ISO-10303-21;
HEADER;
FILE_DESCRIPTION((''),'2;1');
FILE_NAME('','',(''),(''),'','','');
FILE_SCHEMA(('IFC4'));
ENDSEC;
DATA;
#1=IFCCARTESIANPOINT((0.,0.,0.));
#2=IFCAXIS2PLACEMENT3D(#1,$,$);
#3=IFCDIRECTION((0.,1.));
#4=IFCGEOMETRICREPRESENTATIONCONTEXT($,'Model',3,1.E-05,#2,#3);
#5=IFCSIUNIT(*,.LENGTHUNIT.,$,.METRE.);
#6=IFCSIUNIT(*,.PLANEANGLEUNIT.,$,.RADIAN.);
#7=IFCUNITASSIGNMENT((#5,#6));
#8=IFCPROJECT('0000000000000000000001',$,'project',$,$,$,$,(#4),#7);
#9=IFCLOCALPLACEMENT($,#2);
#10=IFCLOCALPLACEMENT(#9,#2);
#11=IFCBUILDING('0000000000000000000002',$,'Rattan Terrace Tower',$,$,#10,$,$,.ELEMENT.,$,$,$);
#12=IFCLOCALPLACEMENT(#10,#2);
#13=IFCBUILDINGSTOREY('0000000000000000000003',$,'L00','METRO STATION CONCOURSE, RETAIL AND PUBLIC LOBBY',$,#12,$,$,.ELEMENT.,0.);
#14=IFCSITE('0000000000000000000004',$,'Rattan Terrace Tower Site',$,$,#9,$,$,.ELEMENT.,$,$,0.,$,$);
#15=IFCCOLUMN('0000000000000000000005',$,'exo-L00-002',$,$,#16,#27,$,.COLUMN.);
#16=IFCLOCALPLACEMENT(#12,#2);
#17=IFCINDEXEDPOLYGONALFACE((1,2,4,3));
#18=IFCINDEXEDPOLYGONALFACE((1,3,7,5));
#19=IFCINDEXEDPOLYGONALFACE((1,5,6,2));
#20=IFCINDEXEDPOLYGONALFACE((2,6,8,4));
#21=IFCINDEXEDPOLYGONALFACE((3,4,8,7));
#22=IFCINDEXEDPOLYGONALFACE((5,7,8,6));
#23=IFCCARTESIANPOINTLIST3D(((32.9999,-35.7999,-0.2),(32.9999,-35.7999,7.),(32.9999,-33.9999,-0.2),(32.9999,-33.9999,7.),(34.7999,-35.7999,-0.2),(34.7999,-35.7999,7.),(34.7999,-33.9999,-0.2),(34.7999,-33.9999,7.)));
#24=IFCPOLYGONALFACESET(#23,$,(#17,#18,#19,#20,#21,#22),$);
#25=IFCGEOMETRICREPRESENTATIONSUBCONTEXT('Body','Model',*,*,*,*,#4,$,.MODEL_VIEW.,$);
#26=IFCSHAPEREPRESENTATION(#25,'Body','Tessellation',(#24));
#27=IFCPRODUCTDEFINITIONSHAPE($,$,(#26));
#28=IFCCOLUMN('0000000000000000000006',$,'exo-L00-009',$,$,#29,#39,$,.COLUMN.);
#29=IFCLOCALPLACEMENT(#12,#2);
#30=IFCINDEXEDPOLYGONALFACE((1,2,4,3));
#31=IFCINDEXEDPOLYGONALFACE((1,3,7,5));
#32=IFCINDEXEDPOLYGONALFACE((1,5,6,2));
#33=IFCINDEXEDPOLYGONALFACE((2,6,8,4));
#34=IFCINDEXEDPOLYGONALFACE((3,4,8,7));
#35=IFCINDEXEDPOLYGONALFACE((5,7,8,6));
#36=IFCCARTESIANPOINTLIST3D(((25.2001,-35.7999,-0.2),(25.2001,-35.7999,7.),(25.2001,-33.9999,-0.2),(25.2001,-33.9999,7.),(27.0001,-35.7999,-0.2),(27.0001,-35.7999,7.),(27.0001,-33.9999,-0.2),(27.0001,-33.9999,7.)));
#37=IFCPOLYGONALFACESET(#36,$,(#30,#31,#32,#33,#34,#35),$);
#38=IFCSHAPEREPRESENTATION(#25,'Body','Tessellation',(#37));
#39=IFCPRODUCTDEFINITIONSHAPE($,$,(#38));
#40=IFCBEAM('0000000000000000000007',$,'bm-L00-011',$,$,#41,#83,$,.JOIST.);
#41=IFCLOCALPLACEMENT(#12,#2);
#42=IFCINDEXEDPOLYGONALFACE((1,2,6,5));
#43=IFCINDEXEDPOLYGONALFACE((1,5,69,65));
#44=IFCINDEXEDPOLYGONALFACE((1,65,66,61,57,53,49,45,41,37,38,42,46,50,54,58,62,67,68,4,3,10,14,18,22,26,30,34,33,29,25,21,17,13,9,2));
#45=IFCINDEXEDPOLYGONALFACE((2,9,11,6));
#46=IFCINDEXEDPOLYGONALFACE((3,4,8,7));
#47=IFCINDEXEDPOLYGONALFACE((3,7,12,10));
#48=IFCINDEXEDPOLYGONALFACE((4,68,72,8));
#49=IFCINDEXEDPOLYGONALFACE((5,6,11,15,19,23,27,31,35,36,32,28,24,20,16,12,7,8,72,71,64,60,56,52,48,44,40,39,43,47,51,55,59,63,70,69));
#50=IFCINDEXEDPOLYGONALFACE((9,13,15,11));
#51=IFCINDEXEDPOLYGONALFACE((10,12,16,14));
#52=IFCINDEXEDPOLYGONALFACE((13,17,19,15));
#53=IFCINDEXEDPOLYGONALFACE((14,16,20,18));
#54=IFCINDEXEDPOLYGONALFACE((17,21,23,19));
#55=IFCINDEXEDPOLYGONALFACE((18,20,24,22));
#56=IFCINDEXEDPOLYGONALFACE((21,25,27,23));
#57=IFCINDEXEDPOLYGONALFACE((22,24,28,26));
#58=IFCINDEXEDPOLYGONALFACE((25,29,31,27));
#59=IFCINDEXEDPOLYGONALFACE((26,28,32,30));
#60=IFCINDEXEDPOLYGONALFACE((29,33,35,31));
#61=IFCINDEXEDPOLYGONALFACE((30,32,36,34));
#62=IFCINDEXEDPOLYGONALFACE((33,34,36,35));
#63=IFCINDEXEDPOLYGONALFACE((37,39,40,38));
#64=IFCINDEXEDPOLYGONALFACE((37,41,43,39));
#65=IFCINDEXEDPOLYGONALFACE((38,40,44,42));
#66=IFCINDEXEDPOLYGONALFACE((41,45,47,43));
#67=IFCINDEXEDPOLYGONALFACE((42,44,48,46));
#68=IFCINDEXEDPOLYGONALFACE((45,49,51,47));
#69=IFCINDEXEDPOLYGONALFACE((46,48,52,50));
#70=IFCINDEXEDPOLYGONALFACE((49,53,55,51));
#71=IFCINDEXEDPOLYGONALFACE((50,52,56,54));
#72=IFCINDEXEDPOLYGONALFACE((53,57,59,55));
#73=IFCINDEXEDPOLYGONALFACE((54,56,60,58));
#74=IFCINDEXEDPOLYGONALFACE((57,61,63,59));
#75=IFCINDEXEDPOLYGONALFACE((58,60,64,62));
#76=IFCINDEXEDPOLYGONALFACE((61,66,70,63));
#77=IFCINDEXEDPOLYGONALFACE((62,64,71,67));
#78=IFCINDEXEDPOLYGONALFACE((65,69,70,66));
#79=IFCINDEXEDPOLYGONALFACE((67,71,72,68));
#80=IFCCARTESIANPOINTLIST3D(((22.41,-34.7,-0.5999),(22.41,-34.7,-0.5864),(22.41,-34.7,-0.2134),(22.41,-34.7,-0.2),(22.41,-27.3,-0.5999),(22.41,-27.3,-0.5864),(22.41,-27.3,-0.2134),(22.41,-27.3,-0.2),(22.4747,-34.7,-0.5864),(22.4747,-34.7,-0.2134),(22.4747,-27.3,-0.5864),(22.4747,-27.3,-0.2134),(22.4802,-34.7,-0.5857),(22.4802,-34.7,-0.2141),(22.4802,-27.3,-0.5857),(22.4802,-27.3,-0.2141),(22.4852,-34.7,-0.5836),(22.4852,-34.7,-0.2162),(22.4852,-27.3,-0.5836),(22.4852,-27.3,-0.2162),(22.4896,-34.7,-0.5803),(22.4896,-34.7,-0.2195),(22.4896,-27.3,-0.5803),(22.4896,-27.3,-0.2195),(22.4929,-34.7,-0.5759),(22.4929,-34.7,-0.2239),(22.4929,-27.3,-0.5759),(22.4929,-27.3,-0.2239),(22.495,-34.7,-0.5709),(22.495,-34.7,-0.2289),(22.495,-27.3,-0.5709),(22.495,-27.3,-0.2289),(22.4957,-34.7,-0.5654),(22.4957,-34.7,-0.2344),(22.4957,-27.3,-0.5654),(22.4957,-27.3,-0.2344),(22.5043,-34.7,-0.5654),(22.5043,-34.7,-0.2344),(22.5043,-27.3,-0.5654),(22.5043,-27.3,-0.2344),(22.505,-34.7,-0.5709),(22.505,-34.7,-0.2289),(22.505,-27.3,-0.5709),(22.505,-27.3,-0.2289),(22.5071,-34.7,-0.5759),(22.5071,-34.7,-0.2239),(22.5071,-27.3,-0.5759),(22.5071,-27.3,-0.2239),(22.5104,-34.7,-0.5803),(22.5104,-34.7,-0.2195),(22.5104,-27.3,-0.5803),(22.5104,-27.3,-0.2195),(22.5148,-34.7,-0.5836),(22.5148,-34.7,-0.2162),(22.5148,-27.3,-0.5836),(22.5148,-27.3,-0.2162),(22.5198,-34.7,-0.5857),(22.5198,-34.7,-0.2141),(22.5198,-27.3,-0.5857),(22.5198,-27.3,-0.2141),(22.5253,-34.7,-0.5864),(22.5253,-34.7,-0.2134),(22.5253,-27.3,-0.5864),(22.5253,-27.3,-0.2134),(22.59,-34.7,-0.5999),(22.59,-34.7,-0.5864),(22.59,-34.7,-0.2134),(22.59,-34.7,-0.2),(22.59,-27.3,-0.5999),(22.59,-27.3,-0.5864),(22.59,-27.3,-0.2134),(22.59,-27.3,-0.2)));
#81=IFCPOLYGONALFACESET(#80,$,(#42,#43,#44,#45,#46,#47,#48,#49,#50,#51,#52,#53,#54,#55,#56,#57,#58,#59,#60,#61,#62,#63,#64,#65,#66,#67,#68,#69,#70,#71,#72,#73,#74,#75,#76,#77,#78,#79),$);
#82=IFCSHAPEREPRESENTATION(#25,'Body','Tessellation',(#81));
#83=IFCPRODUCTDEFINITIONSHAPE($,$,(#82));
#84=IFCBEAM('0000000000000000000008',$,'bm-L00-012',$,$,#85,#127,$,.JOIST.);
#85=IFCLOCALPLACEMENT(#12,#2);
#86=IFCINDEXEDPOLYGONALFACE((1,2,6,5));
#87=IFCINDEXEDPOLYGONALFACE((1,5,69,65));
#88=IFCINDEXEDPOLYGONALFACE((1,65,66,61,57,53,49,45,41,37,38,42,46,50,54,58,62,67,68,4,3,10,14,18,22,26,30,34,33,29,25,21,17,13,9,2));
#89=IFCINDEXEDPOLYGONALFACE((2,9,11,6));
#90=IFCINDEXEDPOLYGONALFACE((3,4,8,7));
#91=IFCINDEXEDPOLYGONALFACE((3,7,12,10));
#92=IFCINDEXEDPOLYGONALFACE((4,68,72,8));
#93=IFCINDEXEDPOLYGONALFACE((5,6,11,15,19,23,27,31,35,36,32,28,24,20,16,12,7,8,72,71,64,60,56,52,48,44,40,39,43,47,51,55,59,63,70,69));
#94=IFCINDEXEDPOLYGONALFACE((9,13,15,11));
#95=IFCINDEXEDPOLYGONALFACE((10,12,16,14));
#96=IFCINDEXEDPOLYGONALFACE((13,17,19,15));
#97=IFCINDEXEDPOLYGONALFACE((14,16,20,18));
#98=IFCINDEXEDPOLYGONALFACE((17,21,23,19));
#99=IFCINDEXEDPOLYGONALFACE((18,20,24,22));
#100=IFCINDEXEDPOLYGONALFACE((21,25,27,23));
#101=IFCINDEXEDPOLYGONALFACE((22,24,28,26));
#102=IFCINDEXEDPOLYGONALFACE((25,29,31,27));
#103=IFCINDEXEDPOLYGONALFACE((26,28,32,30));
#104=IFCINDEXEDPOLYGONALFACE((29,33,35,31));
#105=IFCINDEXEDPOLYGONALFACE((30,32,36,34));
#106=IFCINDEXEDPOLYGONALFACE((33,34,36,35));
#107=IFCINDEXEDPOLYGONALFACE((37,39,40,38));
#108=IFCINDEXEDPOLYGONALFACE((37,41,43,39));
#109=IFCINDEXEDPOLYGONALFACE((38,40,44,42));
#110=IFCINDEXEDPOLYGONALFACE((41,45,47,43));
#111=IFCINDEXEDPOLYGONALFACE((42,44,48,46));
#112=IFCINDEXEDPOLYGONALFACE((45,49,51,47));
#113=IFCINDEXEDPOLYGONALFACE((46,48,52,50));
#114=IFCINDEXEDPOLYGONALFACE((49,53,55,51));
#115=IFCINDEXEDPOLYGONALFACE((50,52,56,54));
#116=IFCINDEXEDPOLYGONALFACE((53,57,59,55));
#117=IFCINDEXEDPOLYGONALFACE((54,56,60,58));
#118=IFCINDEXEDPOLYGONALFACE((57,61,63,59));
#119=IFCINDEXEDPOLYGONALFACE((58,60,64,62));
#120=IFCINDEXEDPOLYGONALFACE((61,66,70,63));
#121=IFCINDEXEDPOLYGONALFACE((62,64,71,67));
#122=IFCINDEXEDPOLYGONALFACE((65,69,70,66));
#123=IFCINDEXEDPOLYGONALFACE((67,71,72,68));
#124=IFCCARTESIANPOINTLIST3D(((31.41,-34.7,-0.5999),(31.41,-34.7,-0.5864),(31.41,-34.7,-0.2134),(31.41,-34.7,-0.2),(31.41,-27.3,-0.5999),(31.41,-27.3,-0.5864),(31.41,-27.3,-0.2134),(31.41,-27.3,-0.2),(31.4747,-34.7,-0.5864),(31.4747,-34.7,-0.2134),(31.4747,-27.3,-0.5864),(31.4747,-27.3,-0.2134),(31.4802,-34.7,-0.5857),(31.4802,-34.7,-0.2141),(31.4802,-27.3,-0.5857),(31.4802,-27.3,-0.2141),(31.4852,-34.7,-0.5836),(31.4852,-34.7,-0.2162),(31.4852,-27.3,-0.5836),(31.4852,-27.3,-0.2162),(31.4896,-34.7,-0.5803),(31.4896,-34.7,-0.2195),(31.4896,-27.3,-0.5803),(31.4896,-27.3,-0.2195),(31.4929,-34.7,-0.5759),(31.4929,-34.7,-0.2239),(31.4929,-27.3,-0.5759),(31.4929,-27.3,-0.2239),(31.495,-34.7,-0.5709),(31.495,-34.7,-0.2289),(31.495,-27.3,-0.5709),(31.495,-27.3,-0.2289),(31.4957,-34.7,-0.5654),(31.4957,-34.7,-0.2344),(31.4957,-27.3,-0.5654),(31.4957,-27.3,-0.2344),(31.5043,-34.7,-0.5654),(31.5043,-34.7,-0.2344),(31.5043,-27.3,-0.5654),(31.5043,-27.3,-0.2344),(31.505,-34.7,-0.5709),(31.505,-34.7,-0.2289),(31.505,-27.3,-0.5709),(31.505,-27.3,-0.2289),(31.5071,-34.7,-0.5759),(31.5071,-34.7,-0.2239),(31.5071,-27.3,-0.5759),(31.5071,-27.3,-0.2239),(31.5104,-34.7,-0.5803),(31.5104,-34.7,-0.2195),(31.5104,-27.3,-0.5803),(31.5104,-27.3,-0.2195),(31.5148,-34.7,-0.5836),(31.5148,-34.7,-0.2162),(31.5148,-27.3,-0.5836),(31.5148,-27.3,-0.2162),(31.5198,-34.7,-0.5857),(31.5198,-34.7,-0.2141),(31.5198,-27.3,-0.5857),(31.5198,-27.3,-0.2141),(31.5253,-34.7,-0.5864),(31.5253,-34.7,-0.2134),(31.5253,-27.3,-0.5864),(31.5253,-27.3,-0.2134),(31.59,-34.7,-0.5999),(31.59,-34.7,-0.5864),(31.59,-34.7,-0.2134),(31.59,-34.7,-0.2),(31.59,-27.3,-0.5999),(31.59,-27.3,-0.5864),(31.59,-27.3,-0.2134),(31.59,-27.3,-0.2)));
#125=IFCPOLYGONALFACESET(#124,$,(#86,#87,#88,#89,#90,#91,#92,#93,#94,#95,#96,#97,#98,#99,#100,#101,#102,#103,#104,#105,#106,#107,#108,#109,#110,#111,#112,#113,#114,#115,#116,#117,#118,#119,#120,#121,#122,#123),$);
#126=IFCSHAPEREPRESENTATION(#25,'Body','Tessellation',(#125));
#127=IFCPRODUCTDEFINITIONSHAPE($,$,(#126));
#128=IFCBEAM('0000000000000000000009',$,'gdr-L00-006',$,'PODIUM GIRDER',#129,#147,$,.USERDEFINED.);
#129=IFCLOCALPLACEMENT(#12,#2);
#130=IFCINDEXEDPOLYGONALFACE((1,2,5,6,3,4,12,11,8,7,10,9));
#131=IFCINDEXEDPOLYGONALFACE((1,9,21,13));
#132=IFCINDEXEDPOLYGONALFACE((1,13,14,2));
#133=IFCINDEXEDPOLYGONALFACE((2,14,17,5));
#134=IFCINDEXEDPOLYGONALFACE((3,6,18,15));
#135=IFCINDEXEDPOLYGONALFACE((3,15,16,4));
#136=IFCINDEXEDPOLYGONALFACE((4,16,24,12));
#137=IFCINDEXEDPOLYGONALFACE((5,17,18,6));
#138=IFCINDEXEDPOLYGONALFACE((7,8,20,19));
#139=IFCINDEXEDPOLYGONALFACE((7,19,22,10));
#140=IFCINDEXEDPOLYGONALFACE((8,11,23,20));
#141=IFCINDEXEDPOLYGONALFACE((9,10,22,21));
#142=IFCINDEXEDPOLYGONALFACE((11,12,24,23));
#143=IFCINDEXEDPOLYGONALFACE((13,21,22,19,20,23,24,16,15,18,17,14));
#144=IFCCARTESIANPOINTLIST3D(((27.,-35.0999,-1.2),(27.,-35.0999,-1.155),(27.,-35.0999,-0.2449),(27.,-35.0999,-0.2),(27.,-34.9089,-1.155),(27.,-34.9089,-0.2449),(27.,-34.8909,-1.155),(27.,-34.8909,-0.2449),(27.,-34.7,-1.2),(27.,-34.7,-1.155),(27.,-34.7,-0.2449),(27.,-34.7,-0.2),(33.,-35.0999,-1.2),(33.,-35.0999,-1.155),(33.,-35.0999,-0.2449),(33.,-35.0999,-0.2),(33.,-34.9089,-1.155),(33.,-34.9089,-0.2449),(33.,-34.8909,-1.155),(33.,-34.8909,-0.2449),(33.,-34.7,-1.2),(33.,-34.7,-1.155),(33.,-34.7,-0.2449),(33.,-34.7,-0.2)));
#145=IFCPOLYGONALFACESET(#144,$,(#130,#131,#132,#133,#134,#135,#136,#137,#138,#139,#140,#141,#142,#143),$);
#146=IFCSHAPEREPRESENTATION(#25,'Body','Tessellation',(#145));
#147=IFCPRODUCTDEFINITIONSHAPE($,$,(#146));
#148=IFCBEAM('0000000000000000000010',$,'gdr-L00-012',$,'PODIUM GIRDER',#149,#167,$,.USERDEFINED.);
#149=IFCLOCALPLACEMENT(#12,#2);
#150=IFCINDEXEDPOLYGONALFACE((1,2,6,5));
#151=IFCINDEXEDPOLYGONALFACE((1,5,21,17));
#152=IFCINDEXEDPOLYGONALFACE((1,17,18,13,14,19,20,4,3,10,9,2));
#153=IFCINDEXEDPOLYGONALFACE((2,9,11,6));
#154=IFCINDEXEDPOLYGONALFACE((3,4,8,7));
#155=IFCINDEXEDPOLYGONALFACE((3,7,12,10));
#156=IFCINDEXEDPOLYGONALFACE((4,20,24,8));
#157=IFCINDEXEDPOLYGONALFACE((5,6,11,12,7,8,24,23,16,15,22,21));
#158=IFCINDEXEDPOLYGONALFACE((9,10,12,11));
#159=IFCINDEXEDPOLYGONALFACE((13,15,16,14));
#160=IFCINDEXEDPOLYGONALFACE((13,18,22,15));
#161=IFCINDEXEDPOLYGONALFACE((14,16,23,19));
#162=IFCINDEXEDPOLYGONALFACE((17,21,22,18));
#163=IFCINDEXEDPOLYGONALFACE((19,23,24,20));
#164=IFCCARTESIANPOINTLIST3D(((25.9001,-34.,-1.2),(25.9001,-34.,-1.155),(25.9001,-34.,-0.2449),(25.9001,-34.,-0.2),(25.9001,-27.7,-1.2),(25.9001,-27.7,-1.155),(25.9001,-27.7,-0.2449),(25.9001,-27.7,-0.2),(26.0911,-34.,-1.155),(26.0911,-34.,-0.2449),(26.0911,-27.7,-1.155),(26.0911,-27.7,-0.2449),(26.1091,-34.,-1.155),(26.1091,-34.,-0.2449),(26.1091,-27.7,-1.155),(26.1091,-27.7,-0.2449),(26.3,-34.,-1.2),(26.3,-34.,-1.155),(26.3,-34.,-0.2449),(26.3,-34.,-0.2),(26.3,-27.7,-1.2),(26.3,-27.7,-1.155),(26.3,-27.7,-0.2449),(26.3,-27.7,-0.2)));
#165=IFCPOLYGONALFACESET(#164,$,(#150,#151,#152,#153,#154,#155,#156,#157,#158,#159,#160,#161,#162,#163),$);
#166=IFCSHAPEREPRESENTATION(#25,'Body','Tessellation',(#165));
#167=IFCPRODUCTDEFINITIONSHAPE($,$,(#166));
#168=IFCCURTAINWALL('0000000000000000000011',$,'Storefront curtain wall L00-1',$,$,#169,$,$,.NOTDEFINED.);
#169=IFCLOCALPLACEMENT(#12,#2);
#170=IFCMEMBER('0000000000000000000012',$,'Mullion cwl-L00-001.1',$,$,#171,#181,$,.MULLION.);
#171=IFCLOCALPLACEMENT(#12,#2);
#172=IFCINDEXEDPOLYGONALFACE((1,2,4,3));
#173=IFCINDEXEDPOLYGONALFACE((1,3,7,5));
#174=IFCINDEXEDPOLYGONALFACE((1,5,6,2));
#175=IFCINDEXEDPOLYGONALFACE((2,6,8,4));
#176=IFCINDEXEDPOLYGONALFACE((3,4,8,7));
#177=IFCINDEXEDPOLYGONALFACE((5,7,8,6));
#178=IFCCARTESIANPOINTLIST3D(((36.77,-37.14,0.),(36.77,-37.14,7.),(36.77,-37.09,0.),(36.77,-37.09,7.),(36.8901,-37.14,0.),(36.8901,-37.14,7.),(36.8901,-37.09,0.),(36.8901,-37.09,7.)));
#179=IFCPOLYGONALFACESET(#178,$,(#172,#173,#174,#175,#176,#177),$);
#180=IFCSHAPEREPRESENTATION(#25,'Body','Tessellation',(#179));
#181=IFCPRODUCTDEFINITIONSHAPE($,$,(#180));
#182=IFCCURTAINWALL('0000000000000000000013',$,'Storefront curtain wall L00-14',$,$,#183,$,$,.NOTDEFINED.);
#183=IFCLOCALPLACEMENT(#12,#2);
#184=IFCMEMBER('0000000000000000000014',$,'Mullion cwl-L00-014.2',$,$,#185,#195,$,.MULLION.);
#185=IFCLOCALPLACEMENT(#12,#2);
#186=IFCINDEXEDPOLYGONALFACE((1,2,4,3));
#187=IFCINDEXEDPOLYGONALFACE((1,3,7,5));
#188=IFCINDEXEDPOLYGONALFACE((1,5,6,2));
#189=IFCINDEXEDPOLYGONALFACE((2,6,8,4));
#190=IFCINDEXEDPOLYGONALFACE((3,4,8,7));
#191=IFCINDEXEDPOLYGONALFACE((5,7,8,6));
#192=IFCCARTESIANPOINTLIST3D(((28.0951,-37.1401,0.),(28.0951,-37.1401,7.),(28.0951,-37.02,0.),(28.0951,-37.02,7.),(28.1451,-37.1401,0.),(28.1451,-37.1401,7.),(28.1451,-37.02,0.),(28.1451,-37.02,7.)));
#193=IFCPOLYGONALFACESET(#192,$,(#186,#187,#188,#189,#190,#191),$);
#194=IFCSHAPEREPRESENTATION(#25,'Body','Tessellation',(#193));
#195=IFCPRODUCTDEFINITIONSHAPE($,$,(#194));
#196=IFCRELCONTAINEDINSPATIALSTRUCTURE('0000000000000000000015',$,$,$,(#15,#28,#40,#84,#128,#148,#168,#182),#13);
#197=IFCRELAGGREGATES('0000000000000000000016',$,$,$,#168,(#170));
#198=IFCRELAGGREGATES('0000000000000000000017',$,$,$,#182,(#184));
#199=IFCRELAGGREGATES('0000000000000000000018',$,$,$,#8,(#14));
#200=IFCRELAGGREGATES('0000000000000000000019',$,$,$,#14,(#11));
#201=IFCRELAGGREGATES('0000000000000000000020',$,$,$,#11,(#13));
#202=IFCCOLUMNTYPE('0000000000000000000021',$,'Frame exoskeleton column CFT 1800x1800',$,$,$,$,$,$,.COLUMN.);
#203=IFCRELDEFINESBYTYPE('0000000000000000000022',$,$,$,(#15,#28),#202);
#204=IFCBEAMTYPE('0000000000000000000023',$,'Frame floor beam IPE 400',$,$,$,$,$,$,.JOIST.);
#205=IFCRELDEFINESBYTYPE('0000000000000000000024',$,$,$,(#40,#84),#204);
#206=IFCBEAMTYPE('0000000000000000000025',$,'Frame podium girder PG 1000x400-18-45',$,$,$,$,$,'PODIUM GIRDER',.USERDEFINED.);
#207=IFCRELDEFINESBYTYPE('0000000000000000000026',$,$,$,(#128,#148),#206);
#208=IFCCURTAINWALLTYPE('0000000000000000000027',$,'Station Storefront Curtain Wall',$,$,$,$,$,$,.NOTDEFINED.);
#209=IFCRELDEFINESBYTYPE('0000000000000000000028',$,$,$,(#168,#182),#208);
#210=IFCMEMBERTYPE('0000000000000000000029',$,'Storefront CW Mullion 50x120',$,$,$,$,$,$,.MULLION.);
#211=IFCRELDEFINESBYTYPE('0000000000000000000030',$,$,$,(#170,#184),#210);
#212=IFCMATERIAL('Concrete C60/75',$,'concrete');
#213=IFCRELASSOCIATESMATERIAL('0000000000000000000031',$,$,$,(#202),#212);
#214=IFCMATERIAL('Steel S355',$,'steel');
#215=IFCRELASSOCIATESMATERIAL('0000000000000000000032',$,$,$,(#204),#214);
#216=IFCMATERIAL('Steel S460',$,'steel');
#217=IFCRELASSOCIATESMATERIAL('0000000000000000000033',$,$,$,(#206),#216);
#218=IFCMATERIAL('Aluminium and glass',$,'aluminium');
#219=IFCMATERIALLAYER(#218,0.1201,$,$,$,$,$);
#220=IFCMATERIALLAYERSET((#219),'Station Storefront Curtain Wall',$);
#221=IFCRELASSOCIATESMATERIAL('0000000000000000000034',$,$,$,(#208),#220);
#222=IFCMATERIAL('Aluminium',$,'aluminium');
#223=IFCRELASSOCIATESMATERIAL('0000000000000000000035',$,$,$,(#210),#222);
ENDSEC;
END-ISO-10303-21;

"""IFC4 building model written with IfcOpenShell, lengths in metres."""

from ifc_helpers import new_model, si_unit, direction, frame, origin, origin_2d, place, context, subcontext, project, spatial, rectangle, i_section, extrude, material, layer, layer_set, material_profile, profile_set, type_object, element, aggregate, save


model = new_model("IFC4")

# Units and contexts
model_context = context("Model", 3, precision=1e-05, world=origin(), true_north=direction((0.0, 1.0)))
body_context = subcontext(model_context, "Body", "Model", "MODEL_VIEW")
ifc_project = project(units=[si_unit("LENGTHUNIT", "METRE"), si_unit("PLANEANGLEUNIT", "RADIAN")], contexts=[model_context])

# Site, building, storey
site_placement = place(None, origin())
site = spatial("IfcSite", under=ifc_project, at=site_placement, Name="Rattan Terrace Tower Site", CompositionType="ELEMENT", RefElevation=0.0)
building_placement = place(site_placement, origin())
building = spatial("IfcBuilding", under=site, at=building_placement, Name="Rattan Terrace Tower", CompositionType="ELEMENT")
storey_placement = place(building_placement, origin())
storey = spatial("IfcBuildingStorey", under=building, at=storey_placement, Name="L00", Description="METRO STATION CONCOURSE, RETAIL AND PUBLIC LOBBY", CompositionType="ELEMENT", Elevation=0.0)

# Columns
ifc_material_1 = material(Name="Concrete C60/75", Category="concrete")
ifc_material_profile_1 = material_profile(ifc_material_1, rectangle(XDim=1.8, YDim=1.8, at=origin_2d()), Name="CFT 1800x1800")
ifc_profile_set_1 = profile_set([ifc_material_profile_1], Name="Concrete C60/75")
column_type = type_object("IfcColumnType", Name="Frame exoskeleton column CFT 1800x1800", PredefinedType="COLUMN", material=ifc_profile_set_1)
for number, where, z_axis, x_axis, name in (
    (1, (33.8999, -34.8999, -0.2), (0.0, 0.0, 1.0), (1.0, 0.0, 0.0), "exo-L00-002"),
    (2, (26.1001, -34.8999, -0.2), (0.0, 0.0, 1.0), (1.0, 0.0, 0.0), "exo-L00-009"),
):
    element("IfcColumn", number, at=place(storey_placement, frame(where, z_axis=z_axis, x_axis=x_axis)), inside=storey, type_object=column_type, Name=name, PredefinedType="COLUMN", context=body_context, shape_type="SweptSolid", body=[
        extrude(rectangle(XDim=1.8, YDim=1.8, at=origin_2d()), origin(), (0.0, 0.0, 1.0), 7.2),
    ])

# Beams
ifc_material_2 = material(Name="Steel S355", Category="steel")
ifc_material_profile_2 = material_profile(ifc_material_2, i_section(OverallWidth=0.1799, OverallDepth=0.3999, WebThickness=0.0085, FlangeThickness=0.0134, FilletRadius=0.021, at=origin_2d()), Name="IPE 400")
ifc_profile_set_2 = profile_set([ifc_material_profile_2], Name="Steel S355")
beam_type_1 = type_object("IfcBeamType", Name="Frame floor beam IPE 400", PredefinedType="JOIST", material=ifc_profile_set_2)
for number, where, z_axis, x_axis, name in (
    (3, (22.5, -34.7, -0.3999), (0.0, 1.0, 0.0), (-1.0, 0.0, 0.0), "bm-L00-011"),
    (4, (31.5, -34.7, -0.3999), (0.0, 1.0, 0.0), (-1.0, 0.0, 0.0), "bm-L00-012"),
):
    element("IfcBeam", number, at=place(storey_placement, frame(where, z_axis=z_axis, x_axis=x_axis)), inside=storey, type_object=beam_type_1, Name=name, PredefinedType="JOIST", context=body_context, shape_type="SweptSolid", body=[
        extrude(i_section(OverallWidth=0.1799, OverallDepth=0.3999, WebThickness=0.0085, FlangeThickness=0.0134, FilletRadius=0.021, at=origin_2d()), origin(), (0.0, 0.0, 1.0), 7.3999),
    ])
ifc_material_3 = material(Name="Steel S460", Category="steel")
ifc_material_profile_3 = material_profile(ifc_material_3, i_section(OverallWidth=0.3999, OverallDepth=1.0, WebThickness=0.0181, FlangeThickness=0.0449, at=origin_2d()), Name="PG 1000x400-18-45")
ifc_profile_set_3 = profile_set([ifc_material_profile_3], Name="Steel S460")
beam_type_2 = type_object("IfcBeamType", Name="Frame podium girder PG 1000x400-18-45", ElementType="PODIUM GIRDER", PredefinedType="USERDEFINED", material=ifc_profile_set_3)
beam_1_placement = place(storey_placement, frame((27.0, -34.8999, -0.7), z_axis=(1.0, 0.0, 0.0), x_axis=(0.0, 1.0, 0.0)))
element("IfcBeam", 5, at=beam_1_placement, inside=storey, type_object=beam_type_2, Name="gdr-L00-006", ObjectType="PODIUM GIRDER", PredefinedType="USERDEFINED", context=body_context, shape_type="SweptSolid", body=[
    extrude(i_section(OverallWidth=0.3999, OverallDepth=1.0, WebThickness=0.0181, FlangeThickness=0.0449, at=origin_2d()), origin(), (0.0, 0.0, 1.0), 6.0),
])
beam_2_placement = place(storey_placement, frame((26.1001, -34.0, -0.7), z_axis=(0.0, 1.0, 0.0), x_axis=(-1.0, 0.0, 0.0)))
element("IfcBeam", 6, at=beam_2_placement, inside=storey, type_object=beam_type_2, Name="gdr-L00-012", ObjectType="PODIUM GIRDER", PredefinedType="USERDEFINED", context=body_context, shape_type="SweptSolid", body=[
    extrude(i_section(OverallWidth=0.3999, OverallDepth=1.0, WebThickness=0.0181, FlangeThickness=0.0449, at=origin_2d()), origin(), (0.0, 0.0, 1.0), 6.3),
])

# Curtain wall, member
ifc_material_4 = material(Name="Aluminium and glass", Category="aluminium")
ifc_layer_1 = layer(ifc_material_4, 0.1201)
ifc_layer_set_1 = layer_set([ifc_layer_1], Name="Station Storefront Curtain Wall")
curtain_wall_type = type_object("IfcCurtainWallType", Name="Station Storefront Curtain Wall", PredefinedType="NOTDEFINED", material=ifc_layer_set_1)
curtain_wall_1_placement = place(storey_placement, origin())
curtain_wall_1 = element("IfcCurtainWall", 7, at=curtain_wall_1_placement, inside=storey, type_object=curtain_wall_type, Name="Storefront curtain wall L00-1", PredefinedType="NOTDEFINED")
ifc_material_5 = material(Name="Aluminium", Category="aluminium")
ifc_material_profile_4 = material_profile(ifc_material_5, rectangle(XDim=0.05, YDim=0.1201, at=origin_2d()), Name="Aluminium 50x120")
ifc_profile_set_4 = profile_set([ifc_material_profile_4], Name="Aluminium")
member_type_1 = type_object("IfcMemberType", Name="Storefront CW Mullion 50x120", PredefinedType="MULLION", material=ifc_profile_set_4)
member_1_placement = place(storey_placement, frame((36.8301, -37.115, 0.0), z_axis=(0.0, 0.0, 1.0), x_axis=(0.0, 1.0, 0.0)))
member_1 = element("IfcMember", 8, at=member_1_placement, type_object=member_type_1, Name="Mullion cwl-L00-001.1", PredefinedType="MULLION", context=body_context, shape_type="SweptSolid", body=[
    extrude(rectangle(XDim=0.05, YDim=0.1201, at=origin_2d()), origin(), (0.0, 0.0, 1.0), 7.0),
])

# Curtain wall, member
curtain_wall_2_placement = place(storey_placement, origin())
curtain_wall_2 = element("IfcCurtainWall", 9, at=curtain_wall_2_placement, inside=storey, type_object=curtain_wall_type, Name="Storefront curtain wall L00-14", PredefinedType="NOTDEFINED")
member_2_placement = place(storey_placement, frame((28.1201, -37.0801, 0.0), z_axis=(0.0, 0.0, 1.0), x_axis=(1.0, 0.0, 0.0)))
member_2 = element("IfcMember", 10, at=member_2_placement, type_object=member_type_1, Name="Mullion cwl-L00-014.2", PredefinedType="MULLION", context=body_context, shape_type="SweptSolid", body=[
    extrude(rectangle(XDim=0.05, YDim=0.1201, at=origin_2d()), origin(), (0.0, 0.0, 1.0), 7.0),
])

aggregate(curtain_wall_1, [member_1])
aggregate(curtain_wall_2, [member_2])

save(model, "model.ifc")
